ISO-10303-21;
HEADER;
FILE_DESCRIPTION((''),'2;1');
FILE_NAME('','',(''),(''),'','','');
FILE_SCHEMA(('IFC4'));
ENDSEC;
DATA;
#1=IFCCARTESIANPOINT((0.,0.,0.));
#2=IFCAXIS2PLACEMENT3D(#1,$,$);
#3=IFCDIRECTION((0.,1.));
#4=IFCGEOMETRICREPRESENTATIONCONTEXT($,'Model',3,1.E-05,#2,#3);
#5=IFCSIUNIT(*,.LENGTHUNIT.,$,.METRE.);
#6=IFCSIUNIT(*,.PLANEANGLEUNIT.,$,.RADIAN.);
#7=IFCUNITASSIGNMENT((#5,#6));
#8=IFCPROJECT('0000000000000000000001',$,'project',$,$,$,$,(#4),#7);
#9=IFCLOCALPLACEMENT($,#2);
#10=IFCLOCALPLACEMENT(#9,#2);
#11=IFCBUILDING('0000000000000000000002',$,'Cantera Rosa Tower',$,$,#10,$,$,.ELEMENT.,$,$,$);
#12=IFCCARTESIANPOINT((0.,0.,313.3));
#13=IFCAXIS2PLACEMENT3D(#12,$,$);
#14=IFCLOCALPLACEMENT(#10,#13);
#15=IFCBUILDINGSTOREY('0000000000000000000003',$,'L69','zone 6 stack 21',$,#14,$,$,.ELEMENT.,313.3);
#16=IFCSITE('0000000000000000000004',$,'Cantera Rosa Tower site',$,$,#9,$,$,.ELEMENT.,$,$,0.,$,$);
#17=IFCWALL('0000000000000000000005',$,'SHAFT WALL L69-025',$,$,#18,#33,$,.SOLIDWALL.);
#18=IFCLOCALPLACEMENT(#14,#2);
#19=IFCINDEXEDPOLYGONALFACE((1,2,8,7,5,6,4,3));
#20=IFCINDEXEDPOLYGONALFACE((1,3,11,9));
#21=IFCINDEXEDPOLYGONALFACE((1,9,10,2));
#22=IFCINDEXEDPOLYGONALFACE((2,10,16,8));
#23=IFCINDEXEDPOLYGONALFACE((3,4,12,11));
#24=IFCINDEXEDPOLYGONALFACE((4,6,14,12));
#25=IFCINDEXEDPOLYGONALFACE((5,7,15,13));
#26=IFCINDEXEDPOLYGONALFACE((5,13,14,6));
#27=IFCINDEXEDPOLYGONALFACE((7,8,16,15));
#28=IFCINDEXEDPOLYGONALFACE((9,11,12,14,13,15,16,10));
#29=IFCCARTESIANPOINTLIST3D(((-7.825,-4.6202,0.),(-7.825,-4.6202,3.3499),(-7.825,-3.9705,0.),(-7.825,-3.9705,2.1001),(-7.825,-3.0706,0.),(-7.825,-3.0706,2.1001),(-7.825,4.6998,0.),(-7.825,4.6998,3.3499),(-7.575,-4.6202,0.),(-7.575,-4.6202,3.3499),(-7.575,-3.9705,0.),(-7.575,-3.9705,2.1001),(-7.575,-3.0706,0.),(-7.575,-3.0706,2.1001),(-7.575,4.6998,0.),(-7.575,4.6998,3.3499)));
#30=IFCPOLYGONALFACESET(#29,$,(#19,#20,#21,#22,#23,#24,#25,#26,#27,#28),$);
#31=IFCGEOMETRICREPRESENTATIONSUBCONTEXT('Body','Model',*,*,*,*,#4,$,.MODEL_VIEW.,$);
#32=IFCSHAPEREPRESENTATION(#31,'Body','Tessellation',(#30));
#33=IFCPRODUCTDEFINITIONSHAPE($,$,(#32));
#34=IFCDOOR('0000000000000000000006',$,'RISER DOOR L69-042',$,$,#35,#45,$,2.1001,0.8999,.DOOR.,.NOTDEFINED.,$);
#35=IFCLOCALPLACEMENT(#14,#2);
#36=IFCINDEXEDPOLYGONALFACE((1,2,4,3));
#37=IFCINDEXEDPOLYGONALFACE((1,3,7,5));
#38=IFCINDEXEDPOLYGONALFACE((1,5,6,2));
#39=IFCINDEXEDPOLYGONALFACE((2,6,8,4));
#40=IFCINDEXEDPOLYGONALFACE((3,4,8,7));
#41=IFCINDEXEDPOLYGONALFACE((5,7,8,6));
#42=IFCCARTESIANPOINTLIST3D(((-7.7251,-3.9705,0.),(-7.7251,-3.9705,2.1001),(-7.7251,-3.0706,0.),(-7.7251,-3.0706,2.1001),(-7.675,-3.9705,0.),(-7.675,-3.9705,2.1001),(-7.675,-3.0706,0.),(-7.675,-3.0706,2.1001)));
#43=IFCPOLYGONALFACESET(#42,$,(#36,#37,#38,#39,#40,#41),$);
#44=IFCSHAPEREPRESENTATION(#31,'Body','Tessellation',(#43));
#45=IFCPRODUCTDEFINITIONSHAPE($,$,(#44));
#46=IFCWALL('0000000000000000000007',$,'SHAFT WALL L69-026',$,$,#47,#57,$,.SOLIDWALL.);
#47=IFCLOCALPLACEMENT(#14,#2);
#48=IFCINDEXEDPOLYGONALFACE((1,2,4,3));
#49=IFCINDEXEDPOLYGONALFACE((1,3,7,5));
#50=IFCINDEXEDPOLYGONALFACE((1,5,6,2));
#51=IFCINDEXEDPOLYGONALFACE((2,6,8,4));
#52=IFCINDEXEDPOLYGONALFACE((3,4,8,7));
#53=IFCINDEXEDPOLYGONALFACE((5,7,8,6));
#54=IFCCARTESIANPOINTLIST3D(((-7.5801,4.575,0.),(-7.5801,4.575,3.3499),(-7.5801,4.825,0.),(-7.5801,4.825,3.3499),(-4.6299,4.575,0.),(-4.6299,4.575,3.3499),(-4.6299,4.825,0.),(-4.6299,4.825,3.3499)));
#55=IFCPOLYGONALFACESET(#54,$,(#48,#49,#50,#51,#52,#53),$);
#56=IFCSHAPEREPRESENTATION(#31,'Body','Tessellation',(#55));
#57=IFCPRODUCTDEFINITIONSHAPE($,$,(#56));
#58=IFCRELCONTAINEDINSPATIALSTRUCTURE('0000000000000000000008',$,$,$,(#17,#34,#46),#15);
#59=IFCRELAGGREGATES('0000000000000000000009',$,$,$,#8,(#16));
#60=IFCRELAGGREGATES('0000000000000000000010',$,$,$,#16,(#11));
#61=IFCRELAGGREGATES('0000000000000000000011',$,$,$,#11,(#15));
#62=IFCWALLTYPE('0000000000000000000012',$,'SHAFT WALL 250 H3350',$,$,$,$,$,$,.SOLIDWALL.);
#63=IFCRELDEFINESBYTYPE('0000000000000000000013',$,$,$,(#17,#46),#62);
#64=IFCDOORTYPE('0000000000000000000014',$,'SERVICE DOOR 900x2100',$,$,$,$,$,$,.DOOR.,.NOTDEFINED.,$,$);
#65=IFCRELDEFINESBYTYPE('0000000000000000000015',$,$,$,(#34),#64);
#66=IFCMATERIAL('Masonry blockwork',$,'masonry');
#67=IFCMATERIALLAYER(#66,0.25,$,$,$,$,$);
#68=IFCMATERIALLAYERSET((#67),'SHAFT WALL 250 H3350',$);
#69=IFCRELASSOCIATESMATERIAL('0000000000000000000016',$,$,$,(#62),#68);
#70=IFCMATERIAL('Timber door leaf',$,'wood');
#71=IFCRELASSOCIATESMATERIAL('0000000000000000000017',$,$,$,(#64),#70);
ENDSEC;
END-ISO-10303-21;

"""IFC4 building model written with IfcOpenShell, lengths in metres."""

from ifc_helpers import new_model, si_unit, direction, frame, frame_2d, origin, place, context, subcontext, project, spatial, rectangle, extrude, material, layer, layer_set, type_object, element, fill, save


model = new_model("IFC4")

# Units and contexts
model_context = context("Model", 3, precision=1e-05, world=origin(), true_north=direction((0.0, 1.0)))
body_context = subcontext(model_context, "Body", "Model", "MODEL_VIEW")
ifc_project = project(units=[si_unit("LENGTHUNIT", "METRE"), si_unit("PLANEANGLEUNIT", "RADIAN")], contexts=[model_context])

# Site, building, storey
site_placement = place(None, origin())
site = spatial("IfcSite", under=ifc_project, at=site_placement, Name="Cantera Rosa Tower site", CompositionType="ELEMENT", RefElevation=0.0)
building_placement = place(site_placement, origin())
building = spatial("IfcBuilding", under=site, at=building_placement, Name="Cantera Rosa Tower", CompositionType="ELEMENT")
storey_placement = place(building_placement, frame((0.0, 0.0, 313.3)))
storey = spatial("IfcBuildingStorey", under=building, at=storey_placement, Name="L69", Description="zone 6 stack 21", CompositionType="ELEMENT", Elevation=313.3)

# Shared definitions
ifc_material_1 = material(Name="Masonry blockwork", Category="masonry")
ifc_layer_1 = layer(ifc_material_1, 0.25)
ifc_layer_set_1 = layer_set([ifc_layer_1], Name="SHAFT WALL 250 H3350")
wall_type_1 = type_object("IfcWallType", Name="SHAFT WALL 250 H3350", PredefinedType="SOLIDWALL", material=ifc_layer_set_1)

# Wall, opening, door
wall_1_placement = place(storey_placement, frame((-7.7, 4.7, 0.0), z_axis=(0.0, 0.0, 1.0), x_axis=(0.0, -1.0, 0.0)))
wall_1 = element("IfcWall", 1, at=wall_1_placement, inside=storey, type_object=wall_type_1, Name="SHAFT WALL L69-025", PredefinedType="SOLIDWALL", context=body_context, shape_type="SweptSolid", body=[
    extrude(rectangle(XDim=9.3201, YDim=0.25, at=frame_2d((4.6602, 0.0))), origin(), (0.0, 0.0, 1.0), 3.3499),
])
opening_placement = place(wall_1_placement, frame((7.7705, 0.0, 0.0)))
opening = element("IfcOpeningElement", 2, at=opening_placement, cuts=wall_1, PredefinedType="OPENING", context=body_context, shape_type="SweptSolid", body=[
    extrude(rectangle(XDim=0.8999, YDim=2.1001, at=frame_2d((0.45, 1.05))), frame((0.0, 0.135, 0.0), z_axis=(0.0, -1.0, 0.0), x_axis=(1.0, 0.0, 0.0)), (0.0, 0.0, 1.0), 0.27),
])
ifc_material_2 = material(Name="Timber door leaf", Category="wood")
door_type = type_object("IfcDoorType", Name="SERVICE DOOR 900x2100", OperationType="NOTDEFINED", PredefinedType="DOOR", material=ifc_material_2)
door_placement = place(opening_placement, origin())
door = element("IfcDoor", 3, at=door_placement, inside=storey, type_object=door_type, Name="RISER DOOR L69-042", OperationType="NOTDEFINED", OverallHeight=2.1001, OverallWidth=0.8999, PredefinedType="DOOR", context=body_context, shape_type="SweptSolid", body=[
    extrude(rectangle(XDim=0.8999, YDim=2.1001, at=frame_2d((0.45, 1.05))), frame((0.0, 0.0249, 0.0), z_axis=(0.0, -1.0, 0.0), x_axis=(1.0, 0.0, 0.0)), (0.0, 0.0, 1.0), 0.05),
])
fill(opening, door)

# Wall
wall_2_placement = place(storey_placement, frame((-7.5801, 4.7, 0.0), z_axis=(0.0, 0.0, 1.0), x_axis=(1.0, 0.0, 0.0)))
element("IfcWall", 4, at=wall_2_placement, inside=storey, type_object=wall_type_1, Name="SHAFT WALL L69-026", PredefinedType="SOLIDWALL", context=body_context, shape_type="SweptSolid", body=[
    extrude(rectangle(XDim=2.9502, YDim=0.25, at=frame_2d((1.4751, 0.0))), origin(), (0.0, 0.0, 1.0), 3.3499),
])

save(model, "model.ifc")
